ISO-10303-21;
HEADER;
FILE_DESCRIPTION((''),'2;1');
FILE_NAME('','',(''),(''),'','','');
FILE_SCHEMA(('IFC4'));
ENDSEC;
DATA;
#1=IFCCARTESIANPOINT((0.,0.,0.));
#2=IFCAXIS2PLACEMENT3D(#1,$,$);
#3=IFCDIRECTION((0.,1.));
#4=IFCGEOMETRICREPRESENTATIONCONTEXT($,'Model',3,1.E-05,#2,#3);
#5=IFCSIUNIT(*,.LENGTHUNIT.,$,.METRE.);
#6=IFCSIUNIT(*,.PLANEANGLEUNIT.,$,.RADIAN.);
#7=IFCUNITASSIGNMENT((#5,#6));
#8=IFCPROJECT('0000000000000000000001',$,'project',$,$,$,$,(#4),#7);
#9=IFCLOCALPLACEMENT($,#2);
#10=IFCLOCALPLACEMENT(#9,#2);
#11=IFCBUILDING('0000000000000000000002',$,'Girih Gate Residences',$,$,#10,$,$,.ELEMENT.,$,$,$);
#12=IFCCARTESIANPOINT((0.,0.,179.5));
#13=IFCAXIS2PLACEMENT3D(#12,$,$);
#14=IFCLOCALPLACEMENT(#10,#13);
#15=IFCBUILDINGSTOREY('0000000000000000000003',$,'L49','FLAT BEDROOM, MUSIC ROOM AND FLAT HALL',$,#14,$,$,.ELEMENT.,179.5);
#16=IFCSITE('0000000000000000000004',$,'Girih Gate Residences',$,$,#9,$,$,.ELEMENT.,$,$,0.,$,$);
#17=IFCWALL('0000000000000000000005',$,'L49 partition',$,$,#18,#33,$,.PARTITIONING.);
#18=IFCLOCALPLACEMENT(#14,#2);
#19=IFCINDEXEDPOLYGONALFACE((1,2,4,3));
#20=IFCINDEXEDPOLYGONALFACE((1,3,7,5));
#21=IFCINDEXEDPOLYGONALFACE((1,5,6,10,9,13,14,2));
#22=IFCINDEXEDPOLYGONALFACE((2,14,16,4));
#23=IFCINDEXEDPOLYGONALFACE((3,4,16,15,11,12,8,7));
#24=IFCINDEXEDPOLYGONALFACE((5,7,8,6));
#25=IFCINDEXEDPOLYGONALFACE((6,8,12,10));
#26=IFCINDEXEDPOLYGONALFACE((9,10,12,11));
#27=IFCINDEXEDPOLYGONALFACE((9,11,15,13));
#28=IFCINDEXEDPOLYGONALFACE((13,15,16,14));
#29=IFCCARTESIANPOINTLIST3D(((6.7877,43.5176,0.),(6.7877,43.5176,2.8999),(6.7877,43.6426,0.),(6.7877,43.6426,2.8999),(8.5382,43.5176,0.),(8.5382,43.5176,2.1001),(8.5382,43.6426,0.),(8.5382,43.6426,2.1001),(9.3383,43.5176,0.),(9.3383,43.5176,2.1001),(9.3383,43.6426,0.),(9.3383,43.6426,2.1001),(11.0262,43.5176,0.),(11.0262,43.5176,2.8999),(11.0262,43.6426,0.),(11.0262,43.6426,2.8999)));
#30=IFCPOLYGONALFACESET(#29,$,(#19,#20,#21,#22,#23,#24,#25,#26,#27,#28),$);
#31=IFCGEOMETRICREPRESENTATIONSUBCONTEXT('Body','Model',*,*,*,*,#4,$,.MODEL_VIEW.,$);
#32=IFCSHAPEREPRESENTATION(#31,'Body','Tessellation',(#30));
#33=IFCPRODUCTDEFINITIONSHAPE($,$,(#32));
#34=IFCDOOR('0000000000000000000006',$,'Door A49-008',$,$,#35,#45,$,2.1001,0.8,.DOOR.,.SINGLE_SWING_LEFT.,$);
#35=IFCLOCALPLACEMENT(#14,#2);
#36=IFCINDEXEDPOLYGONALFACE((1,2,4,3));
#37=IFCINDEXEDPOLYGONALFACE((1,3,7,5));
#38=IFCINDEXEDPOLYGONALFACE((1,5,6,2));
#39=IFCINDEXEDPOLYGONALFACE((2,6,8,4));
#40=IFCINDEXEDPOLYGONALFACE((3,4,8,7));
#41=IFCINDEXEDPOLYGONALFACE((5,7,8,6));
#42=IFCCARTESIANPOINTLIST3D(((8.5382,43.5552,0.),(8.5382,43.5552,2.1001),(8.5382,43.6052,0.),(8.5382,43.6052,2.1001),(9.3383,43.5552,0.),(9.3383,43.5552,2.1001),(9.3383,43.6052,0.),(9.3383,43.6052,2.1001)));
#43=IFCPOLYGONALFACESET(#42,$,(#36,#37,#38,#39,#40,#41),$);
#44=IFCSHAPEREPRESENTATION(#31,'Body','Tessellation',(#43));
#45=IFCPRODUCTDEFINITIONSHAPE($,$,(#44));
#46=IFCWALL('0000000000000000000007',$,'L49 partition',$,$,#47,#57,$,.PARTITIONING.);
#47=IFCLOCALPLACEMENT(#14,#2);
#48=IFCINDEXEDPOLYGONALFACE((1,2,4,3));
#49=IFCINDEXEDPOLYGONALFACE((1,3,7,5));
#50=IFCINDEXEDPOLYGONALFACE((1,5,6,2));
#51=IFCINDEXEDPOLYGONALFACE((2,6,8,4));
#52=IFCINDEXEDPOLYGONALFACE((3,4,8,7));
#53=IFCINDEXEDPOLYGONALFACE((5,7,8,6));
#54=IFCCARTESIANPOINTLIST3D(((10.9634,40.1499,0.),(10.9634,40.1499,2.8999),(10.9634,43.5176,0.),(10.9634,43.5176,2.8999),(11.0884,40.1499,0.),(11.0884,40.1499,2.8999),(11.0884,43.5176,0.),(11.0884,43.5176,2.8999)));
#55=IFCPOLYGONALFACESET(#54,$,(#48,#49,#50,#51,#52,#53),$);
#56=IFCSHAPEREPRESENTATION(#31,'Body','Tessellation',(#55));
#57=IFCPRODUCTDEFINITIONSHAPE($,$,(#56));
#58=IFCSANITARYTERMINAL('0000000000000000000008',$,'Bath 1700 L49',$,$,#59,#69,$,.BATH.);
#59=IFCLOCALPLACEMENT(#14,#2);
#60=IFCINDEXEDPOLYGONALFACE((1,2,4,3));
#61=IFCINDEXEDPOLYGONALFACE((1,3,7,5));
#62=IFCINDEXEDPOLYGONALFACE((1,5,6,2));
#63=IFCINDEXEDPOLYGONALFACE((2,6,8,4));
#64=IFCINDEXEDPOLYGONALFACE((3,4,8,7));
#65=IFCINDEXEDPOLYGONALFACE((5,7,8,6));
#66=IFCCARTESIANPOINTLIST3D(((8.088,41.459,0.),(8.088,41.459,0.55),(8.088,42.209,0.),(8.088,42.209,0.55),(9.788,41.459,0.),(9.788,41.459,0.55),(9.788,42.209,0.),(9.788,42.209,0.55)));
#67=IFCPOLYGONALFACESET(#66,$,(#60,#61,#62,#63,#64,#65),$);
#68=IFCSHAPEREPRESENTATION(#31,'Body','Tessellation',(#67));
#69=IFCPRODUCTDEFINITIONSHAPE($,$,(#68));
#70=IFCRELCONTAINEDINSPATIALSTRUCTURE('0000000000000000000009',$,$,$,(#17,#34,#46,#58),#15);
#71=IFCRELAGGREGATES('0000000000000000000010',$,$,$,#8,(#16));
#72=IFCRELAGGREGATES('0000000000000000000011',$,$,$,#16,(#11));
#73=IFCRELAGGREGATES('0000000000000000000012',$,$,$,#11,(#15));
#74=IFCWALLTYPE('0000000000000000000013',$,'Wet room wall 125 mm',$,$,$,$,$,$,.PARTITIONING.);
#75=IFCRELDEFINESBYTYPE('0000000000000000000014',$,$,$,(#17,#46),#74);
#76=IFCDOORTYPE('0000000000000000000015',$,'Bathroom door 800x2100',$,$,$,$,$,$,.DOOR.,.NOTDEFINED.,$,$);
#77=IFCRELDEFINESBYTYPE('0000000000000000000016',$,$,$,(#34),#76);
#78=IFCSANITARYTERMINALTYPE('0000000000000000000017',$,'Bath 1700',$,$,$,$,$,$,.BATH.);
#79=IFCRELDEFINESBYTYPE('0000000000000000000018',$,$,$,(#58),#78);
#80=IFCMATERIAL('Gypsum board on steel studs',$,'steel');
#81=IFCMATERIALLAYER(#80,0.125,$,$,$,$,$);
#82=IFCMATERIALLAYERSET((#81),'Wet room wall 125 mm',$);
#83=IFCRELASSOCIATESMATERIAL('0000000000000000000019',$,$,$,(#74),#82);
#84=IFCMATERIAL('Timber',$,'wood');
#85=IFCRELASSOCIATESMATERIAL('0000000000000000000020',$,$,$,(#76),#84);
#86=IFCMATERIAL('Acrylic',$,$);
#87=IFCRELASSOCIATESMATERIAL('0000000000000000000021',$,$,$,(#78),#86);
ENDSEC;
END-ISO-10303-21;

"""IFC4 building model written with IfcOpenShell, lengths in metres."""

from ifc_helpers import new_model, si_unit, direction, frame, frame_2d, origin, origin_2d, place, context, subcontext, project, spatial, rectangle, extrude, material, layer, layer_set, type_object, element, fill, save


model = new_model("IFC4")

# Units and contexts
model_context = context("Model", 3, precision=1e-05, world=origin(), true_north=direction((0.0, 1.0)))
body_context = subcontext(model_context, "Body", "Model", "MODEL_VIEW")
ifc_project = project(units=[si_unit("LENGTHUNIT", "METRE"), si_unit("PLANEANGLEUNIT", "RADIAN")], contexts=[model_context])

# Site, building, storey
site_placement = place(None, origin())
site = spatial("IfcSite", under=ifc_project, at=site_placement, Name="Girih Gate Residences", CompositionType="ELEMENT", RefElevation=0.0)
building_placement = place(site_placement, origin())
building = spatial("IfcBuilding", under=site, at=building_placement, Name="Girih Gate Residences", CompositionType="ELEMENT")
storey_placement = place(building_placement, frame((0.0, 0.0, 179.5)))
storey = spatial("IfcBuildingStorey", under=building, at=storey_placement, Name="L49", Description="FLAT BEDROOM, MUSIC ROOM AND FLAT HALL", CompositionType="ELEMENT", Elevation=179.5)

# Shared definitions
ifc_material_1 = material(Name="Gypsum board on steel studs", Category="steel")

# Shared definitions
ifc_material_2 = material(Name="Timber", Category="wood")

# Shared definitions
ifc_layer_1 = layer(ifc_material_1, 0.125)
ifc_layer_set_1 = layer_set([ifc_layer_1], Name="Wet room wall 125 mm")
wall_type_1 = type_object("IfcWallType", Name="Wet room wall 125 mm", PredefinedType="PARTITIONING", material=ifc_layer_set_1)

# Wall, opening, door
wall_1_placement = place(storey_placement, frame((11.0261, 43.5801, 0.0), z_axis=(0.0, 0.0, 1.0), x_axis=(-1.0, 0.0, 0.0)))
wall_1 = element("IfcWall", 1, at=wall_1_placement, inside=storey, type_object=wall_type_1, Name="L49 partition", PredefinedType="PARTITIONING", context=body_context, shape_type="SweptSolid", body=[
    extrude(rectangle(XDim=4.2385, YDim=0.125, at=frame_2d((2.1191, 0.0))), origin(), (0.0, 0.0, 1.0), 2.8999),
])
opening_1_placement = place(wall_1_placement, frame((1.688, 0.0, 0.0)))
opening_1 = element("IfcOpeningElement", 2, at=opening_1_placement, cuts=wall_1, PredefinedType="OPENING", context=body_context, shape_type="SweptSolid", body=[
    extrude(rectangle(XDim=0.8, YDim=2.1001, at=frame_2d((0.3999, 1.05))), frame((0.0, 0.0725, 0.0), z_axis=(0.0, -1.0, 0.0), x_axis=(1.0, 0.0, 0.0)), (0.0, 0.0, 1.0), 0.145),
])
door_type_1 = type_object("IfcDoorType", Name="Bathroom door 800x2100", OperationType="NOTDEFINED", PredefinedType="DOOR", material=ifc_material_2)
door_1_placement = place(opening_1_placement, origin())
door_1 = element("IfcDoor", 3, at=door_1_placement, inside=storey, type_object=door_type_1, Name="Door A49-008", OperationType="SINGLE_SWING_LEFT", OverallHeight=2.1001, OverallWidth=0.8, PredefinedType="DOOR", context=body_context, shape_type="SweptSolid", body=[
    extrude(rectangle(XDim=0.8, YDim=2.1001, at=frame_2d((0.3999, 1.05))), frame((0.0, 0.0249, 0.0), z_axis=(0.0, -1.0, 0.0), x_axis=(1.0, 0.0, 0.0)), (0.0, 0.0, 1.0), 0.05),
])
fill(opening_1, door_1)

# Wall
wall_2_placement = place(storey_placement, frame((11.0259, 40.1499, 0.0), z_axis=(0.0, 0.0, 1.0), x_axis=(0.0, 1.0, 0.0)))
element("IfcWall", 4, at=wall_2_placement, inside=storey, type_object=wall_type_1, Name="L49 partition", PredefinedType="PARTITIONING", context=body_context, shape_type="SweptSolid", body=[
    extrude(rectangle(XDim=3.3677, YDim=0.125, at=frame_2d((1.6838, 0.0))), origin(), (0.0, 0.0, 1.0), 2.8999),
])

# Sanitary terminal
ifc_material_3 = material(Name="Acrylic")
sanitary_terminal_type = type_object("IfcSanitaryTerminalType", Name="Bath 1700", PredefinedType="BATH", material=ifc_material_3)
sanitary_terminal_placement = place(storey_placement, frame((8.938, 41.834, 0.0), z_axis=(0.0, 0.0, 1.0), x_axis=(1.0, 0.0, 0.0)))
element("IfcSanitaryTerminal", 5, at=sanitary_terminal_placement, inside=storey, type_object=sanitary_terminal_type, Name="Bath 1700 L49", PredefinedType="BATH", context=body_context, shape_type="SweptSolid", body=[
    extrude(rectangle(XDim=1.7, YDim=0.75, at=origin_2d()), origin(), (0.0, 0.0, 1.0), 0.55),
])

save(model, "model.ifc")
